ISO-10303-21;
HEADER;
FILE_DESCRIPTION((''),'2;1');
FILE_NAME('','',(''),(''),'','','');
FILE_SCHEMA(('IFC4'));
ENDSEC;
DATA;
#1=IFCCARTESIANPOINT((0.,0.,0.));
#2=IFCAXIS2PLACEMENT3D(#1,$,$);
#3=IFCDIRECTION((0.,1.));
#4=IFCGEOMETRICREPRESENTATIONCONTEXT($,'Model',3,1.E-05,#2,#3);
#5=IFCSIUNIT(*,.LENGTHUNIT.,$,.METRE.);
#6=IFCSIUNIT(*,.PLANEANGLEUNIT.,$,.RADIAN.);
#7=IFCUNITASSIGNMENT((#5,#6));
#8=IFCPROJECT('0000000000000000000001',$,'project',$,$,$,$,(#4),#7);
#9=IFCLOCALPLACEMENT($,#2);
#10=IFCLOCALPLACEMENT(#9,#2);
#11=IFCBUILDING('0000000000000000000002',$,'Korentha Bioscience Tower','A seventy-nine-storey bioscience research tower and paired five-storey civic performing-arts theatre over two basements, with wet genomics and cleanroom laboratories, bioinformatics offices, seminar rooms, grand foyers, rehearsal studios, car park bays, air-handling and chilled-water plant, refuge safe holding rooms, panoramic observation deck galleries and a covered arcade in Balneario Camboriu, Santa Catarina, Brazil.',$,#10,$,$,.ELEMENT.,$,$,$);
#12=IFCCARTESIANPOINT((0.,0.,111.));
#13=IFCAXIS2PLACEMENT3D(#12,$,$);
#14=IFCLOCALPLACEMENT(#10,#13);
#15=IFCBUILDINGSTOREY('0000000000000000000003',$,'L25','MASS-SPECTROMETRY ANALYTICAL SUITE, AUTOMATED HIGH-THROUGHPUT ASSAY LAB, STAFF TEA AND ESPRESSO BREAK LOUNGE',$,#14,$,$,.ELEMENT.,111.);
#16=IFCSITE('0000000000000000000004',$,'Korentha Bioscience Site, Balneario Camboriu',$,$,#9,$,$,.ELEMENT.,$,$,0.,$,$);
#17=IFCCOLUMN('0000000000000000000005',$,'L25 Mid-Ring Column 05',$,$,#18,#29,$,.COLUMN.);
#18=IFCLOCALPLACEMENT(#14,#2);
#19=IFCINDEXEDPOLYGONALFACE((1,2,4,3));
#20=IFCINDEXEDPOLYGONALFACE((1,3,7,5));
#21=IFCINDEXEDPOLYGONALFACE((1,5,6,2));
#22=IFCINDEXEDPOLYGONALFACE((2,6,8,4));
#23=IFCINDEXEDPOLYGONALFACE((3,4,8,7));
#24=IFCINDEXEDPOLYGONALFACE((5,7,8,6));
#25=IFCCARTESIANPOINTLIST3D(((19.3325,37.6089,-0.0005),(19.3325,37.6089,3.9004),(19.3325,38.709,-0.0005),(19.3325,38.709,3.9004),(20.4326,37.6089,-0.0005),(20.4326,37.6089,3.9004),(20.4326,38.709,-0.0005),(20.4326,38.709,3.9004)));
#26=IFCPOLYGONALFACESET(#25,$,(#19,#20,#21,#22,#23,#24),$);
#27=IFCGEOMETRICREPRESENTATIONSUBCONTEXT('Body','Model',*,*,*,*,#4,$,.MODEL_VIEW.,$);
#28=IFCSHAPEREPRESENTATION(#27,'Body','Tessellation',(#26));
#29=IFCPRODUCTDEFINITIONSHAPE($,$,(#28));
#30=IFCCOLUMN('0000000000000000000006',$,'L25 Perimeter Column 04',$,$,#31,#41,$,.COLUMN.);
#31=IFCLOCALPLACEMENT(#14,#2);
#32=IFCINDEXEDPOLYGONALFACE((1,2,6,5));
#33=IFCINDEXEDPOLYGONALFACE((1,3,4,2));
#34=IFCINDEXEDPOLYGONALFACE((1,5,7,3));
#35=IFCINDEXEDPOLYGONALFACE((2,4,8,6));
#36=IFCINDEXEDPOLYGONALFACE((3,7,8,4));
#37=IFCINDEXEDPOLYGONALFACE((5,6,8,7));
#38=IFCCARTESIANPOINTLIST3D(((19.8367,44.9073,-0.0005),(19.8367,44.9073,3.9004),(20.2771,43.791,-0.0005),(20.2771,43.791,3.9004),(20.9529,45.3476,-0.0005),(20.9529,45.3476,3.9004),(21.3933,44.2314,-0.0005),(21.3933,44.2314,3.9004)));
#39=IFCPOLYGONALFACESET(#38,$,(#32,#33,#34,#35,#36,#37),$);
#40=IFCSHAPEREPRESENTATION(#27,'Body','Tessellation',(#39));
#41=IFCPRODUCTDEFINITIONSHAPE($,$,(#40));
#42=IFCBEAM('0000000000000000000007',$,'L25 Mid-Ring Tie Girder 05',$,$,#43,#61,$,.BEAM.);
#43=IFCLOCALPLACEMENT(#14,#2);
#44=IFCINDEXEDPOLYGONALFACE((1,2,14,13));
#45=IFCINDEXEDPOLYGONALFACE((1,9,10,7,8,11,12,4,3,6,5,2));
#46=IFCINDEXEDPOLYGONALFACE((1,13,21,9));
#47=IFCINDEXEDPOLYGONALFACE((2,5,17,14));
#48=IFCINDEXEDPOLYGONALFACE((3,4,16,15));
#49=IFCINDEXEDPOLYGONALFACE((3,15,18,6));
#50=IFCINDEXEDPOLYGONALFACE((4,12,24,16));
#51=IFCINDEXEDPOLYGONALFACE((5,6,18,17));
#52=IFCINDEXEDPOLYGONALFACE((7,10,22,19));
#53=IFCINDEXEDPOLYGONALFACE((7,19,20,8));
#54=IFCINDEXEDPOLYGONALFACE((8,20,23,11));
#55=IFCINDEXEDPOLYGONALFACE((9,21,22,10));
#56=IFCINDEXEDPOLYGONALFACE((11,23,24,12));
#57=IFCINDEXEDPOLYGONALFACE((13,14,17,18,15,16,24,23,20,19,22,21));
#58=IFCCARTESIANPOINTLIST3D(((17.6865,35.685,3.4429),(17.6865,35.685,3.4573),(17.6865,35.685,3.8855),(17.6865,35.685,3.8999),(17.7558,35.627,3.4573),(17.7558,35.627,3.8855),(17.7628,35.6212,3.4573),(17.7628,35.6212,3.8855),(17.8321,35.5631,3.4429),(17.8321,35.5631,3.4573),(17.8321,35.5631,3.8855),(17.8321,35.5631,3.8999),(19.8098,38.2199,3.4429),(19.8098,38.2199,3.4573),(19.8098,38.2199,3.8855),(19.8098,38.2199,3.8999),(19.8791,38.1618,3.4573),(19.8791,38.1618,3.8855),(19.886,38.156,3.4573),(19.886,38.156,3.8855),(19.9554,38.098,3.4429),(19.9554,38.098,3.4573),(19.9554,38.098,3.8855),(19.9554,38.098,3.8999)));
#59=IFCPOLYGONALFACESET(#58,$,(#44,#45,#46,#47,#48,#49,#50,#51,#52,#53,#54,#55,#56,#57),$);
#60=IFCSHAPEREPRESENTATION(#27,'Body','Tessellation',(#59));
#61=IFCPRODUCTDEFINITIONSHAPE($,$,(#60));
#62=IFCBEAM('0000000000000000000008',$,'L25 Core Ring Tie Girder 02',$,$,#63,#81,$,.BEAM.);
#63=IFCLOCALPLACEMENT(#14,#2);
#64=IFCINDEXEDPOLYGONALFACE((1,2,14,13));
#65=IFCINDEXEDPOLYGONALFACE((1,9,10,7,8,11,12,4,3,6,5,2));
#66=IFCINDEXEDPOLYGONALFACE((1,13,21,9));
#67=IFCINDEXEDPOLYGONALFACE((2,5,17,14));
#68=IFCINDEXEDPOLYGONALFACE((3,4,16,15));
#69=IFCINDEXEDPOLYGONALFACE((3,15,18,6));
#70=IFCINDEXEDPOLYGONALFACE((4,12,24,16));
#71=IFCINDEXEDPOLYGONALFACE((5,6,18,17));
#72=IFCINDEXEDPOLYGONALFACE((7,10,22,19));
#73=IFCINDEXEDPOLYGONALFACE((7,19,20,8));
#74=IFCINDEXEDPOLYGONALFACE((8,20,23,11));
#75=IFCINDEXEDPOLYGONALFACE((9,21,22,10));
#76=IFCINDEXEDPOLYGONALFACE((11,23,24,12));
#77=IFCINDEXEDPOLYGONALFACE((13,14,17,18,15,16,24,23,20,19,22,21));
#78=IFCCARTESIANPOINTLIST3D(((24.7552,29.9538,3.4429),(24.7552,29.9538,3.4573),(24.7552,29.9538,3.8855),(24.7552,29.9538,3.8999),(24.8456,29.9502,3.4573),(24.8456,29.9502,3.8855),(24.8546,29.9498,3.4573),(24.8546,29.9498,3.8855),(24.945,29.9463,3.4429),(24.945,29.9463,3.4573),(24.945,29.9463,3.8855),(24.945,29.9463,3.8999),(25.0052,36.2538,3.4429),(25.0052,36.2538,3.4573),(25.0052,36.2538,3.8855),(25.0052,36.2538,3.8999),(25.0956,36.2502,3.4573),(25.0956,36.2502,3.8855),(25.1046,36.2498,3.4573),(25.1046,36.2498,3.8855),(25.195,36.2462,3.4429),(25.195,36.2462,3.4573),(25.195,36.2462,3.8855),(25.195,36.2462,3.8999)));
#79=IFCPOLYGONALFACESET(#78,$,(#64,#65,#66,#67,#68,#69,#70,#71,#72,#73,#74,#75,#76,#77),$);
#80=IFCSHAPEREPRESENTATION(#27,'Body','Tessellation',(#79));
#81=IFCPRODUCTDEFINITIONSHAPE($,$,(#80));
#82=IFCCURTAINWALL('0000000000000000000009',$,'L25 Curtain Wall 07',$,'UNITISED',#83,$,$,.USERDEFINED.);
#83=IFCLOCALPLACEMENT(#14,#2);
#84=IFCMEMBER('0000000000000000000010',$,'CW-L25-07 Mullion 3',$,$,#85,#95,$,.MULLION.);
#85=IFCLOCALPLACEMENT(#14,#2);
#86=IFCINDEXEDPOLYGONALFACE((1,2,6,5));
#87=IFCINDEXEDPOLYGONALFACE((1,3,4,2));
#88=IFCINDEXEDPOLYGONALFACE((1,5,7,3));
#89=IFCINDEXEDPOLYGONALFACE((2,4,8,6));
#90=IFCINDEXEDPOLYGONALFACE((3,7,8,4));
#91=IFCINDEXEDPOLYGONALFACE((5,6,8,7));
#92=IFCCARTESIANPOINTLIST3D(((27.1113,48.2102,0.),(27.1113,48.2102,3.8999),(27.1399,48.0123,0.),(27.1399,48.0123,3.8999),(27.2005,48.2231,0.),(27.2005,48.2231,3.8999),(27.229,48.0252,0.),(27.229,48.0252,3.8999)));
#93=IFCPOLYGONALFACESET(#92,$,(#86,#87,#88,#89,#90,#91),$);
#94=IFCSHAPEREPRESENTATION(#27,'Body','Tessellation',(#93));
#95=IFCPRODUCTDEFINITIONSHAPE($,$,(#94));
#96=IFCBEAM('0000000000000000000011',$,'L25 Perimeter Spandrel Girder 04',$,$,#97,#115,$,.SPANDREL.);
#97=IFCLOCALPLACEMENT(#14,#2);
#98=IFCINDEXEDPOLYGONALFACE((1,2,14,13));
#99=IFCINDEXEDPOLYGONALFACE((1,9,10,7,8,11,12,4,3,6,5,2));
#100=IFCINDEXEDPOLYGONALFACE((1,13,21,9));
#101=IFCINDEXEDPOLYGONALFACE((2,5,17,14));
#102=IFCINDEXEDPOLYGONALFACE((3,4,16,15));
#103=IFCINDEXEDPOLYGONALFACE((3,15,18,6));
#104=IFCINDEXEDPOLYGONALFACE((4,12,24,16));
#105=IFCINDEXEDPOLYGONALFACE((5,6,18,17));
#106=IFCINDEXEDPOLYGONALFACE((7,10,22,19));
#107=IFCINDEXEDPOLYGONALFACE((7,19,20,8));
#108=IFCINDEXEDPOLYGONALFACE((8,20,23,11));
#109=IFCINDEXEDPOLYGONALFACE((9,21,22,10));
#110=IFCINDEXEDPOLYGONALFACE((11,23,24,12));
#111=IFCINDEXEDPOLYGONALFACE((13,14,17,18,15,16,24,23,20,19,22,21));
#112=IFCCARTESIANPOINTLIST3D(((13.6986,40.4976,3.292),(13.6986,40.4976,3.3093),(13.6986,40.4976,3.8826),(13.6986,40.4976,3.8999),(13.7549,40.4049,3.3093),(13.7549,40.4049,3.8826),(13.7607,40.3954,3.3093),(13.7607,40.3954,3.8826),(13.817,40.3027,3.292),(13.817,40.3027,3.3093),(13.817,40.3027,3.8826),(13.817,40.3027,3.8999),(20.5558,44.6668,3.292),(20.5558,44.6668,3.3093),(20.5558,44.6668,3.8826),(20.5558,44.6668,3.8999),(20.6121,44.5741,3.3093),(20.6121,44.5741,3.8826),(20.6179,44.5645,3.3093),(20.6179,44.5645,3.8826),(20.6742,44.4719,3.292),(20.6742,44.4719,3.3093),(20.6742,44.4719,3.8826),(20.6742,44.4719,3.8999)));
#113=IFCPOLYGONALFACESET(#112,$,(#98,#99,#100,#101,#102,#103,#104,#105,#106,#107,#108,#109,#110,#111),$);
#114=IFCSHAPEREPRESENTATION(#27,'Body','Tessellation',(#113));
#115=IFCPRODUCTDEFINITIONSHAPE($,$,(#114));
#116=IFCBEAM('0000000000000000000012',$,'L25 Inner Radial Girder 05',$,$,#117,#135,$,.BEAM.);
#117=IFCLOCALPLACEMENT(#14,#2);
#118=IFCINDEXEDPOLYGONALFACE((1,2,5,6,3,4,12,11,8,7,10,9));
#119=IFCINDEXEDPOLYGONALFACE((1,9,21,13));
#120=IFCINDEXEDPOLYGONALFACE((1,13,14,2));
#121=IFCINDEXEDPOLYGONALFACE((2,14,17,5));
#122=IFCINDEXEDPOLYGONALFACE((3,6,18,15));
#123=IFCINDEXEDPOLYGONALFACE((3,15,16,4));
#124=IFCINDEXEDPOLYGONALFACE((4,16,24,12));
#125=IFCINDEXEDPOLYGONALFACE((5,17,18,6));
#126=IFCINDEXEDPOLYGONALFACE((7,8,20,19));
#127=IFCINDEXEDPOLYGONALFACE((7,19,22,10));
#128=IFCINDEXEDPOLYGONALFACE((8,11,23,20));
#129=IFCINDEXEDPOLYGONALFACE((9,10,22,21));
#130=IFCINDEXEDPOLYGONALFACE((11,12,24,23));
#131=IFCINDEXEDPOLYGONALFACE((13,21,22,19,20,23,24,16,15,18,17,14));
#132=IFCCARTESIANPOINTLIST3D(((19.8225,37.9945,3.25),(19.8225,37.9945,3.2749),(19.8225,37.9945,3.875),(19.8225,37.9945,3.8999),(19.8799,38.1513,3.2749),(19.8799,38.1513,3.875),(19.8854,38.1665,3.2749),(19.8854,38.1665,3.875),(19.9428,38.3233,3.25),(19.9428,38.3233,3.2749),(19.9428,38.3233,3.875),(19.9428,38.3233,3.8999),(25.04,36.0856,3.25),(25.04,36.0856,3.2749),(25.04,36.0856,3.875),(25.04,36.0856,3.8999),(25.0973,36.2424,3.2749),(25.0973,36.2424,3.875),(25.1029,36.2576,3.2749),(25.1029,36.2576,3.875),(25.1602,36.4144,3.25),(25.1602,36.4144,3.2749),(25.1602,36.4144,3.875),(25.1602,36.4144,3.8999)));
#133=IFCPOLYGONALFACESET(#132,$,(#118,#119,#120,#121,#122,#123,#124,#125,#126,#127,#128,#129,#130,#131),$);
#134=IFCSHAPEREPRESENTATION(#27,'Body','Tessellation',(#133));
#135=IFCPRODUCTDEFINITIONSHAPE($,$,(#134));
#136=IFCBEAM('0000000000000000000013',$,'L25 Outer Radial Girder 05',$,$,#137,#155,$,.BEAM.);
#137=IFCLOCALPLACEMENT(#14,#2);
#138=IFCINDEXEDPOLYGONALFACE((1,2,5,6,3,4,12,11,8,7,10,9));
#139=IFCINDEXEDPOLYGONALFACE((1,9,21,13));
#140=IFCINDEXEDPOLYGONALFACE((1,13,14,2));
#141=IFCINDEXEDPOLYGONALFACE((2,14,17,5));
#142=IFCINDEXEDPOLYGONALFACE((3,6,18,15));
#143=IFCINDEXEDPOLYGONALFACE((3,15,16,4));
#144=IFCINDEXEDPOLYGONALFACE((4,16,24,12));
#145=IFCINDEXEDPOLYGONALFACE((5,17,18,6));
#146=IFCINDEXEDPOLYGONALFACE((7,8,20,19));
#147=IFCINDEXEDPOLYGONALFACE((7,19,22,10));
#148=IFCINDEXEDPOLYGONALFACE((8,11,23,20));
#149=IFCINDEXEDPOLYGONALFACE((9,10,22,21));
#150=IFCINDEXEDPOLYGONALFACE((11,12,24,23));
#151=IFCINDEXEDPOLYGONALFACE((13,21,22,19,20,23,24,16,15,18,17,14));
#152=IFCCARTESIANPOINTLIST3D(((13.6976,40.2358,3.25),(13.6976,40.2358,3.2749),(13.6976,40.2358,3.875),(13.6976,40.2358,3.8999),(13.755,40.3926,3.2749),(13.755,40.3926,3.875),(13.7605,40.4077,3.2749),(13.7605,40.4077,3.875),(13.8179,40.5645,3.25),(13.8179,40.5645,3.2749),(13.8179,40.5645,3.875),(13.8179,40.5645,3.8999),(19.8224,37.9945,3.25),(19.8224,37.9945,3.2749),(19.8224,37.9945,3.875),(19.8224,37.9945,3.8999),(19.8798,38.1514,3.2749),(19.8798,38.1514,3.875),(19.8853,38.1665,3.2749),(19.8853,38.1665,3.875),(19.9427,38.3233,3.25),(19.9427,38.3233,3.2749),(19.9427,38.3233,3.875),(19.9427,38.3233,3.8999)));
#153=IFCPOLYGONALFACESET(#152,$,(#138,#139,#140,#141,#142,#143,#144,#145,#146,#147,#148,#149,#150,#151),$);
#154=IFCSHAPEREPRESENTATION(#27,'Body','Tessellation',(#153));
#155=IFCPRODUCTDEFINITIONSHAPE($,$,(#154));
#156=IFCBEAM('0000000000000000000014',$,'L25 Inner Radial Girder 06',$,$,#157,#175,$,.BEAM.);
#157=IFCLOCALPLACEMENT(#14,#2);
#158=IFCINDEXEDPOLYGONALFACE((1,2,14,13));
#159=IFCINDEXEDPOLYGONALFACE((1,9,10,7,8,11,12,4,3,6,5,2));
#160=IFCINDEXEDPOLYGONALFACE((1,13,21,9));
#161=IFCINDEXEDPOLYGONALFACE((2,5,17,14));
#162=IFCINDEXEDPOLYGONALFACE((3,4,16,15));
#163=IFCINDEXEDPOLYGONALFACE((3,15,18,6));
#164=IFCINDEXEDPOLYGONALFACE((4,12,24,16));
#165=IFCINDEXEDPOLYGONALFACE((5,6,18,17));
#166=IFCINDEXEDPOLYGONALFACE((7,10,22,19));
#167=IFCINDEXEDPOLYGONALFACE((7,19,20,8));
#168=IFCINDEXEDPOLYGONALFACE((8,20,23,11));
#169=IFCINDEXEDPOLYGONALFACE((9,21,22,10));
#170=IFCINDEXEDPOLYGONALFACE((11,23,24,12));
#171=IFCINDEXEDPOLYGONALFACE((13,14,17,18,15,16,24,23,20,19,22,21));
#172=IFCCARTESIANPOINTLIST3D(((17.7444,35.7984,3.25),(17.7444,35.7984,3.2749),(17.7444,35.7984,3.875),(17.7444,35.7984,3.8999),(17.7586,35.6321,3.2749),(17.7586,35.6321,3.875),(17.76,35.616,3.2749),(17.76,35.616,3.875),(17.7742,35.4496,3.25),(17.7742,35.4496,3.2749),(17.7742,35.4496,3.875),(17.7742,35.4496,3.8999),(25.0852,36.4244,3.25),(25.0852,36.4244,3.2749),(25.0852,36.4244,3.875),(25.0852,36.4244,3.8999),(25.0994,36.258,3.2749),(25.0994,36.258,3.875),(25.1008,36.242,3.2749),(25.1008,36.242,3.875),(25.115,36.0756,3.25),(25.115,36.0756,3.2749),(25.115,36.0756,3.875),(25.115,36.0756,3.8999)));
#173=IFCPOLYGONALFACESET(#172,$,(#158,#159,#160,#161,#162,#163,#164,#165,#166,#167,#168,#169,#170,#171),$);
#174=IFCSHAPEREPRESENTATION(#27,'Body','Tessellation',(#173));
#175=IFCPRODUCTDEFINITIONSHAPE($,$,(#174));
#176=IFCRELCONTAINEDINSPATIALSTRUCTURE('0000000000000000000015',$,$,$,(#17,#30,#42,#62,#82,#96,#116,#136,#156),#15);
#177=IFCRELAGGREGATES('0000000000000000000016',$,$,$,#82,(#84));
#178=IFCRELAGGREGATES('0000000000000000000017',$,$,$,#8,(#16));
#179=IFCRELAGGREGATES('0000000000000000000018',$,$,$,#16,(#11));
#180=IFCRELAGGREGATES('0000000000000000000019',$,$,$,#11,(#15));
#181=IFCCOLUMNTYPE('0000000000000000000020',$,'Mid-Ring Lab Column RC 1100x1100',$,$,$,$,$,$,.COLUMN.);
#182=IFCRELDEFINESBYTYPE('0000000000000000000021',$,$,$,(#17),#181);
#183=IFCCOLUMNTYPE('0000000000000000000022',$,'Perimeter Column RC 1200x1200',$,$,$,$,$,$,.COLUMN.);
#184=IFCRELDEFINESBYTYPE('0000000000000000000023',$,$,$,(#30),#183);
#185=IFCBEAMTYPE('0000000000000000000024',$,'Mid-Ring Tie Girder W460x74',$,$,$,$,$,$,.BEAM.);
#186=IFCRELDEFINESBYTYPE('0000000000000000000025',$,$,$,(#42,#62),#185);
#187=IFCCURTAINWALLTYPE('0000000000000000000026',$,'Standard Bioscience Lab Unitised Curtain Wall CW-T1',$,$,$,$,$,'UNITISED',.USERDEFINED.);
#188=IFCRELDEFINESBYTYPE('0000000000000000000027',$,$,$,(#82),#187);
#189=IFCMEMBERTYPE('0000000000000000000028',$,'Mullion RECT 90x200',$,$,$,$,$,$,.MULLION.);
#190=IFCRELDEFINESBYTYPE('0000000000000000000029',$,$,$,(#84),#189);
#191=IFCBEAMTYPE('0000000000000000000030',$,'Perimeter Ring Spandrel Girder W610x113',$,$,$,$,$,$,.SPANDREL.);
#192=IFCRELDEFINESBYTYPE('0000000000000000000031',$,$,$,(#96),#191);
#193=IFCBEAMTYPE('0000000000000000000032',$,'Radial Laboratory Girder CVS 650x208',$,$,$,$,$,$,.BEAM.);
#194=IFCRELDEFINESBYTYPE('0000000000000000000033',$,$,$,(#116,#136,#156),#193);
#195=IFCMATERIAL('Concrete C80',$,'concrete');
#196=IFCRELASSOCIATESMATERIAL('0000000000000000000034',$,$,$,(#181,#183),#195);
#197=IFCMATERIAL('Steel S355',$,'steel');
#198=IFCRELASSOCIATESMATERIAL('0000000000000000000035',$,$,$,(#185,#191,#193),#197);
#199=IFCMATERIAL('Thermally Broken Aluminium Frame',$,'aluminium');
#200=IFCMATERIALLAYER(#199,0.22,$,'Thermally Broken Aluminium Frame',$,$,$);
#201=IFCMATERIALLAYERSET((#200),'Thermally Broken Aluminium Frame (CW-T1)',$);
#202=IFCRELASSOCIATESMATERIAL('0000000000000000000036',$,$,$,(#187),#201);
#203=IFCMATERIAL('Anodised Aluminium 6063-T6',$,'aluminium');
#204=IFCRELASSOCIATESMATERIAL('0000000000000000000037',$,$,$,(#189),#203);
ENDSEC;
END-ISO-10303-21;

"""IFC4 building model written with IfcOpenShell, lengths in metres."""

from ifc_helpers import new_model, si_unit, direction, frame, origin, origin_2d, place, context, subcontext, project, spatial, rectangle, i_section, extrude, material, layer, layer_set, material_profile, profile_set, type_object, element, aggregate, save


model = new_model("IFC4")

# Units and contexts
model_context = context("Model", 3, precision=1e-05, world=origin(), true_north=direction((0.0, 1.0)))
body_context = subcontext(model_context, "Body", "Model", "MODEL_VIEW")
ifc_project = project(units=[si_unit("LENGTHUNIT", "METRE"), si_unit("PLANEANGLEUNIT", "RADIAN")], contexts=[model_context])

# Site, building, storey
site_placement = place(None, origin())
site = spatial("IfcSite", under=ifc_project, at=site_placement, Name="Korentha Bioscience Site, Balneario Camboriu", CompositionType="ELEMENT", RefElevation=0.0)
building_placement = place(site_placement, origin())
building = spatial("IfcBuilding", under=site, at=building_placement, Name="Korentha Bioscience Tower", Description="A seventy-nine-storey bioscience research tower and paired five-storey civic performing-arts theatre over two basements, with wet genomics and cleanroom laboratories, bioinformatics offices, seminar rooms, grand foyers, rehearsal studios, car park bays, air-handling and chilled-water plant, refuge safe holding rooms, panoramic observation deck galleries and a covered arcade in Balneario Camboriu, Santa Catarina, Brazil.", CompositionType="ELEMENT")
storey_placement = place(building_placement, frame((0.0, 0.0, 111.0)))
storey = spatial("IfcBuildingStorey", under=building, at=storey_placement, Name="L25", Description="MASS-SPECTROMETRY ANALYTICAL SUITE, AUTOMATED HIGH-THROUGHPUT ASSAY LAB, STAFF TEA AND ESPRESSO BREAK LOUNGE", CompositionType="ELEMENT", Elevation=111.0)

# Columns
ifc_material_1 = material(Name="Concrete C80", Category="concrete")
ifc_material_profile_1 = material_profile(ifc_material_1, rectangle(XDim=1.1001, YDim=1.1001, at=origin_2d()), Name="Concrete C80")
ifc_profile_set_1 = profile_set([ifc_material_profile_1], Name="Concrete C80 (COL-MR11)")
column_type_1 = type_object("IfcColumnType", Name="Mid-Ring Lab Column RC 1100x1100", PredefinedType="COLUMN", material=ifc_profile_set_1)
column_1_placement = place(storey_placement, frame((19.8826, 38.1589, -0.0005), z_axis=(0.0, 0.0, 1.0), x_axis=(1.0, 0.0, 0.0)))
element("IfcColumn", 1, at=column_1_placement, inside=storey, type_object=column_type_1, Name="L25 Mid-Ring Column 05", PredefinedType="COLUMN", context=body_context, shape_type="SweptSolid", body=[
    extrude(rectangle(XDim=1.1001, YDim=1.1001, at=origin_2d()), origin(), (0.0, 0.0, 1.0), 3.9009),
])
ifc_material_profile_2 = material_profile(ifc_material_1, rectangle(XDim=1.2, YDim=1.2, at=origin_2d()), Name="Concrete C80")
ifc_profile_set_2 = profile_set([ifc_material_profile_2], Name="Concrete C80 (COL-P12)")
column_type_2 = type_object("IfcColumnType", Name="Perimeter Column RC 1200x1200", PredefinedType="COLUMN", material=ifc_profile_set_2)
column_2_placement = place(storey_placement, frame((20.615, 44.5693, -0.0005), z_axis=(0.0, 0.0, 1.0), x_axis=(0.930226, 0.366988, 0.0)))
element("IfcColumn", 2, at=column_2_placement, inside=storey, type_object=column_type_2, Name="L25 Perimeter Column 04", PredefinedType="COLUMN", context=body_context, shape_type="SweptSolid", body=[
    extrude(rectangle(XDim=1.2, YDim=1.2, at=origin_2d()), origin(), (0.0, 0.0, 1.0), 3.9009),
])

# Beams
ifc_material_2 = material(Name="Steel S355", Category="steel")
ifc_material_profile_3 = material_profile(ifc_material_2, i_section(OverallWidth=0.1899, OverallDepth=0.457, WebThickness=0.009, FlangeThickness=0.0144, at=origin_2d()), Name="Steel S355")
ifc_profile_set_3 = profile_set([ifc_material_profile_3], Name="Steel S355 (MB-460)")
beam_type_1 = type_object("IfcBeamType", Name="Mid-Ring Tie Girder W460x74", PredefinedType="BEAM", material=ifc_profile_set_3)
beam_1_placement = place(storey_placement, frame((19.8826, 38.1589, 3.6714), z_axis=(-0.642121, -0.766603, 0.0), x_axis=(0.766603, -0.642121, 0.0)))
element("IfcBeam", 3, at=beam_1_placement, inside=storey, type_object=beam_type_1, Name="L25 Mid-Ring Tie Girder 05", PredefinedType="BEAM", context=body_context, shape_type="SweptSolid", body=[
    extrude(i_section(OverallWidth=0.1899, OverallDepth=0.457, WebThickness=0.009, FlangeThickness=0.0144, at=origin_2d()), origin(), (0.0, 0.0, 1.0), 3.3066),
])
beam_2_placement = place(storey_placement, frame((25.1001, 36.25, 3.6714), z_axis=(-0.039651, -0.999214, 0.0), x_axis=(0.999214, -0.039651, 0.0)))
element("IfcBeam", 4, at=beam_2_placement, inside=storey, type_object=beam_type_1, Name="L25 Core Ring Tie Girder 02", PredefinedType="BEAM", context=body_context, shape_type="SweptSolid", body=[
    extrude(i_section(OverallWidth=0.1899, OverallDepth=0.457, WebThickness=0.009, FlangeThickness=0.0144, at=origin_2d()), origin(), (0.0, 0.0, 1.0), 6.3049),
])

# Curtain wall, member
ifc_material_3 = material(Name="Thermally Broken Aluminium Frame", Category="aluminium")
ifc_layer_1 = layer(ifc_material_3, 0.22, Name="Thermally Broken Aluminium Frame")
ifc_layer_set_1 = layer_set([ifc_layer_1], Name="Thermally Broken Aluminium Frame (CW-T1)")
curtain_wall_type = type_object("IfcCurtainWallType", Name="Standard Bioscience Lab Unitised Curtain Wall CW-T1", ElementType="UNITISED", PredefinedType="USERDEFINED", material=ifc_layer_set_1)
curtain_wall_placement = place(storey_placement, origin())
curtain_wall = element("IfcCurtainWall", 5, at=curtain_wall_placement, inside=storey, type_object=curtain_wall_type, Name="L25 Curtain Wall 07", ObjectType="UNITISED", PredefinedType="USERDEFINED")
ifc_material_4 = material(Name="Anodised Aluminium 6063-T6", Category="aluminium")
ifc_material_profile_4 = material_profile(ifc_material_4, rectangle(XDim=0.0901, YDim=0.2, at=origin_2d()), Name="Anodised Aluminium 6063-T6")
ifc_profile_set_4 = profile_set([ifc_material_profile_4], Name="Anodised Aluminium 6063-T6 (CW-MUL)")
member_type_1 = type_object("IfcMemberType", Name="Mullion RECT 90x200", PredefinedType="MULLION", material=ifc_profile_set_4)
member_1_placement = place(storey_placement, frame((27.1702, 48.1177, 0.0), z_axis=(0.0, 0.0, 1.0), x_axis=(-0.989738, -0.142892, 0.0)))
member_1 = element("IfcMember", 6, at=member_1_placement, type_object=member_type_1, Name="CW-L25-07 Mullion 3", PredefinedType="MULLION", context=body_context, shape_type="SweptSolid", body=[
    extrude(rectangle(XDim=0.0901, YDim=0.2, at=origin_2d()), origin(), (0.0, 0.0, 1.0), 3.8999),
])

# Beams
ifc_material_profile_5 = material_profile(ifc_material_2, i_section(OverallWidth=0.228, OverallDepth=0.6079, WebThickness=0.0112, FlangeThickness=0.0173, at=origin_2d()), Name="Steel S355")
ifc_profile_set_5 = profile_set([ifc_material_profile_5], Name="Steel S355 (SB-610)")
beam_type_2 = type_object("IfcBeamType", Name="Perimeter Ring Spandrel Girder W610x113", PredefinedType="SPANDREL", material=ifc_profile_set_5)
beam_3_placement = place(storey_placement, frame((20.615, 44.5693, 3.5959), z_axis=(-0.854461, -0.519515, 0.0), x_axis=(0.519515, -0.854461, 0.0)))
element("IfcBeam", 7, at=beam_3_placement, inside=storey, type_object=beam_type_2, Name="L25 Perimeter Spandrel Girder 04", PredefinedType="SPANDREL", context=body_context, shape_type="SweptSolid", body=[
    extrude(i_section(OverallWidth=0.228, OverallDepth=0.6079, WebThickness=0.0112, FlangeThickness=0.0173, at=origin_2d()), origin(), (0.0, 0.0, 1.0), 8.0251),
])
ifc_material_profile_6 = material_profile(ifc_material_2, i_section(OverallWidth=0.3501, OverallDepth=0.6499, WebThickness=0.0161, FlangeThickness=0.0249, at=origin_2d()), Name="Steel S355")
ifc_profile_set_6 = profile_set([ifc_material_profile_6], Name="Steel S355 (RB-650)")
beam_type_3 = type_object("IfcBeamType", Name="Radial Laboratory Girder CVS 650x208", PredefinedType="BEAM", material=ifc_profile_set_6)
beam_4_placement = place(storey_placement, frame((25.1001, 36.25, 3.575), z_axis=(-0.939118, 0.343595, 0.0), x_axis=(-0.343595, -0.939118, 0.0)))
element("IfcBeam", 8, at=beam_4_placement, inside=storey, type_object=beam_type_3, Name="L25 Inner Radial Girder 05", PredefinedType="BEAM", context=body_context, shape_type="SweptSolid", body=[
    extrude(i_section(OverallWidth=0.3501, OverallDepth=0.6499, WebThickness=0.0161, FlangeThickness=0.0249, at=origin_2d()), origin(), (0.0, 0.0, 1.0), 5.5557),
])
beam_5_placement = place(storey_placement, frame((19.8826, 38.1589, 3.575), z_axis=(-0.939101, 0.343642, 0.0), x_axis=(-0.343642, -0.939101, 0.0)))
element("IfcBeam", 9, at=beam_5_placement, inside=storey, type_object=beam_type_3, Name="L25 Outer Radial Girder 05", PredefinedType="BEAM", context=body_context, shape_type="SweptSolid", body=[
    extrude(i_section(OverallWidth=0.3501, OverallDepth=0.6499, WebThickness=0.0161, FlangeThickness=0.0249, at=origin_2d()), origin(), (0.0, 0.0, 1.0), 6.522),
])
beam_6_placement = place(storey_placement, frame((25.1001, 36.25, 3.575), z_axis=(-0.996384, -0.084965, 0.0), x_axis=(0.084965, -0.996384, 0.0)))
element("IfcBeam", 10, at=beam_6_placement, inside=storey, type_object=beam_type_3, Name="L25 Inner Radial Girder 06", PredefinedType="BEAM", context=body_context, shape_type="SweptSolid", body=[
    extrude(i_section(OverallWidth=0.3501, OverallDepth=0.6499, WebThickness=0.0161, FlangeThickness=0.0249, at=origin_2d()), origin(), (0.0, 0.0, 1.0), 7.3674),
])

aggregate(curtain_wall, [member_1])

save(model, "model.ifc")
